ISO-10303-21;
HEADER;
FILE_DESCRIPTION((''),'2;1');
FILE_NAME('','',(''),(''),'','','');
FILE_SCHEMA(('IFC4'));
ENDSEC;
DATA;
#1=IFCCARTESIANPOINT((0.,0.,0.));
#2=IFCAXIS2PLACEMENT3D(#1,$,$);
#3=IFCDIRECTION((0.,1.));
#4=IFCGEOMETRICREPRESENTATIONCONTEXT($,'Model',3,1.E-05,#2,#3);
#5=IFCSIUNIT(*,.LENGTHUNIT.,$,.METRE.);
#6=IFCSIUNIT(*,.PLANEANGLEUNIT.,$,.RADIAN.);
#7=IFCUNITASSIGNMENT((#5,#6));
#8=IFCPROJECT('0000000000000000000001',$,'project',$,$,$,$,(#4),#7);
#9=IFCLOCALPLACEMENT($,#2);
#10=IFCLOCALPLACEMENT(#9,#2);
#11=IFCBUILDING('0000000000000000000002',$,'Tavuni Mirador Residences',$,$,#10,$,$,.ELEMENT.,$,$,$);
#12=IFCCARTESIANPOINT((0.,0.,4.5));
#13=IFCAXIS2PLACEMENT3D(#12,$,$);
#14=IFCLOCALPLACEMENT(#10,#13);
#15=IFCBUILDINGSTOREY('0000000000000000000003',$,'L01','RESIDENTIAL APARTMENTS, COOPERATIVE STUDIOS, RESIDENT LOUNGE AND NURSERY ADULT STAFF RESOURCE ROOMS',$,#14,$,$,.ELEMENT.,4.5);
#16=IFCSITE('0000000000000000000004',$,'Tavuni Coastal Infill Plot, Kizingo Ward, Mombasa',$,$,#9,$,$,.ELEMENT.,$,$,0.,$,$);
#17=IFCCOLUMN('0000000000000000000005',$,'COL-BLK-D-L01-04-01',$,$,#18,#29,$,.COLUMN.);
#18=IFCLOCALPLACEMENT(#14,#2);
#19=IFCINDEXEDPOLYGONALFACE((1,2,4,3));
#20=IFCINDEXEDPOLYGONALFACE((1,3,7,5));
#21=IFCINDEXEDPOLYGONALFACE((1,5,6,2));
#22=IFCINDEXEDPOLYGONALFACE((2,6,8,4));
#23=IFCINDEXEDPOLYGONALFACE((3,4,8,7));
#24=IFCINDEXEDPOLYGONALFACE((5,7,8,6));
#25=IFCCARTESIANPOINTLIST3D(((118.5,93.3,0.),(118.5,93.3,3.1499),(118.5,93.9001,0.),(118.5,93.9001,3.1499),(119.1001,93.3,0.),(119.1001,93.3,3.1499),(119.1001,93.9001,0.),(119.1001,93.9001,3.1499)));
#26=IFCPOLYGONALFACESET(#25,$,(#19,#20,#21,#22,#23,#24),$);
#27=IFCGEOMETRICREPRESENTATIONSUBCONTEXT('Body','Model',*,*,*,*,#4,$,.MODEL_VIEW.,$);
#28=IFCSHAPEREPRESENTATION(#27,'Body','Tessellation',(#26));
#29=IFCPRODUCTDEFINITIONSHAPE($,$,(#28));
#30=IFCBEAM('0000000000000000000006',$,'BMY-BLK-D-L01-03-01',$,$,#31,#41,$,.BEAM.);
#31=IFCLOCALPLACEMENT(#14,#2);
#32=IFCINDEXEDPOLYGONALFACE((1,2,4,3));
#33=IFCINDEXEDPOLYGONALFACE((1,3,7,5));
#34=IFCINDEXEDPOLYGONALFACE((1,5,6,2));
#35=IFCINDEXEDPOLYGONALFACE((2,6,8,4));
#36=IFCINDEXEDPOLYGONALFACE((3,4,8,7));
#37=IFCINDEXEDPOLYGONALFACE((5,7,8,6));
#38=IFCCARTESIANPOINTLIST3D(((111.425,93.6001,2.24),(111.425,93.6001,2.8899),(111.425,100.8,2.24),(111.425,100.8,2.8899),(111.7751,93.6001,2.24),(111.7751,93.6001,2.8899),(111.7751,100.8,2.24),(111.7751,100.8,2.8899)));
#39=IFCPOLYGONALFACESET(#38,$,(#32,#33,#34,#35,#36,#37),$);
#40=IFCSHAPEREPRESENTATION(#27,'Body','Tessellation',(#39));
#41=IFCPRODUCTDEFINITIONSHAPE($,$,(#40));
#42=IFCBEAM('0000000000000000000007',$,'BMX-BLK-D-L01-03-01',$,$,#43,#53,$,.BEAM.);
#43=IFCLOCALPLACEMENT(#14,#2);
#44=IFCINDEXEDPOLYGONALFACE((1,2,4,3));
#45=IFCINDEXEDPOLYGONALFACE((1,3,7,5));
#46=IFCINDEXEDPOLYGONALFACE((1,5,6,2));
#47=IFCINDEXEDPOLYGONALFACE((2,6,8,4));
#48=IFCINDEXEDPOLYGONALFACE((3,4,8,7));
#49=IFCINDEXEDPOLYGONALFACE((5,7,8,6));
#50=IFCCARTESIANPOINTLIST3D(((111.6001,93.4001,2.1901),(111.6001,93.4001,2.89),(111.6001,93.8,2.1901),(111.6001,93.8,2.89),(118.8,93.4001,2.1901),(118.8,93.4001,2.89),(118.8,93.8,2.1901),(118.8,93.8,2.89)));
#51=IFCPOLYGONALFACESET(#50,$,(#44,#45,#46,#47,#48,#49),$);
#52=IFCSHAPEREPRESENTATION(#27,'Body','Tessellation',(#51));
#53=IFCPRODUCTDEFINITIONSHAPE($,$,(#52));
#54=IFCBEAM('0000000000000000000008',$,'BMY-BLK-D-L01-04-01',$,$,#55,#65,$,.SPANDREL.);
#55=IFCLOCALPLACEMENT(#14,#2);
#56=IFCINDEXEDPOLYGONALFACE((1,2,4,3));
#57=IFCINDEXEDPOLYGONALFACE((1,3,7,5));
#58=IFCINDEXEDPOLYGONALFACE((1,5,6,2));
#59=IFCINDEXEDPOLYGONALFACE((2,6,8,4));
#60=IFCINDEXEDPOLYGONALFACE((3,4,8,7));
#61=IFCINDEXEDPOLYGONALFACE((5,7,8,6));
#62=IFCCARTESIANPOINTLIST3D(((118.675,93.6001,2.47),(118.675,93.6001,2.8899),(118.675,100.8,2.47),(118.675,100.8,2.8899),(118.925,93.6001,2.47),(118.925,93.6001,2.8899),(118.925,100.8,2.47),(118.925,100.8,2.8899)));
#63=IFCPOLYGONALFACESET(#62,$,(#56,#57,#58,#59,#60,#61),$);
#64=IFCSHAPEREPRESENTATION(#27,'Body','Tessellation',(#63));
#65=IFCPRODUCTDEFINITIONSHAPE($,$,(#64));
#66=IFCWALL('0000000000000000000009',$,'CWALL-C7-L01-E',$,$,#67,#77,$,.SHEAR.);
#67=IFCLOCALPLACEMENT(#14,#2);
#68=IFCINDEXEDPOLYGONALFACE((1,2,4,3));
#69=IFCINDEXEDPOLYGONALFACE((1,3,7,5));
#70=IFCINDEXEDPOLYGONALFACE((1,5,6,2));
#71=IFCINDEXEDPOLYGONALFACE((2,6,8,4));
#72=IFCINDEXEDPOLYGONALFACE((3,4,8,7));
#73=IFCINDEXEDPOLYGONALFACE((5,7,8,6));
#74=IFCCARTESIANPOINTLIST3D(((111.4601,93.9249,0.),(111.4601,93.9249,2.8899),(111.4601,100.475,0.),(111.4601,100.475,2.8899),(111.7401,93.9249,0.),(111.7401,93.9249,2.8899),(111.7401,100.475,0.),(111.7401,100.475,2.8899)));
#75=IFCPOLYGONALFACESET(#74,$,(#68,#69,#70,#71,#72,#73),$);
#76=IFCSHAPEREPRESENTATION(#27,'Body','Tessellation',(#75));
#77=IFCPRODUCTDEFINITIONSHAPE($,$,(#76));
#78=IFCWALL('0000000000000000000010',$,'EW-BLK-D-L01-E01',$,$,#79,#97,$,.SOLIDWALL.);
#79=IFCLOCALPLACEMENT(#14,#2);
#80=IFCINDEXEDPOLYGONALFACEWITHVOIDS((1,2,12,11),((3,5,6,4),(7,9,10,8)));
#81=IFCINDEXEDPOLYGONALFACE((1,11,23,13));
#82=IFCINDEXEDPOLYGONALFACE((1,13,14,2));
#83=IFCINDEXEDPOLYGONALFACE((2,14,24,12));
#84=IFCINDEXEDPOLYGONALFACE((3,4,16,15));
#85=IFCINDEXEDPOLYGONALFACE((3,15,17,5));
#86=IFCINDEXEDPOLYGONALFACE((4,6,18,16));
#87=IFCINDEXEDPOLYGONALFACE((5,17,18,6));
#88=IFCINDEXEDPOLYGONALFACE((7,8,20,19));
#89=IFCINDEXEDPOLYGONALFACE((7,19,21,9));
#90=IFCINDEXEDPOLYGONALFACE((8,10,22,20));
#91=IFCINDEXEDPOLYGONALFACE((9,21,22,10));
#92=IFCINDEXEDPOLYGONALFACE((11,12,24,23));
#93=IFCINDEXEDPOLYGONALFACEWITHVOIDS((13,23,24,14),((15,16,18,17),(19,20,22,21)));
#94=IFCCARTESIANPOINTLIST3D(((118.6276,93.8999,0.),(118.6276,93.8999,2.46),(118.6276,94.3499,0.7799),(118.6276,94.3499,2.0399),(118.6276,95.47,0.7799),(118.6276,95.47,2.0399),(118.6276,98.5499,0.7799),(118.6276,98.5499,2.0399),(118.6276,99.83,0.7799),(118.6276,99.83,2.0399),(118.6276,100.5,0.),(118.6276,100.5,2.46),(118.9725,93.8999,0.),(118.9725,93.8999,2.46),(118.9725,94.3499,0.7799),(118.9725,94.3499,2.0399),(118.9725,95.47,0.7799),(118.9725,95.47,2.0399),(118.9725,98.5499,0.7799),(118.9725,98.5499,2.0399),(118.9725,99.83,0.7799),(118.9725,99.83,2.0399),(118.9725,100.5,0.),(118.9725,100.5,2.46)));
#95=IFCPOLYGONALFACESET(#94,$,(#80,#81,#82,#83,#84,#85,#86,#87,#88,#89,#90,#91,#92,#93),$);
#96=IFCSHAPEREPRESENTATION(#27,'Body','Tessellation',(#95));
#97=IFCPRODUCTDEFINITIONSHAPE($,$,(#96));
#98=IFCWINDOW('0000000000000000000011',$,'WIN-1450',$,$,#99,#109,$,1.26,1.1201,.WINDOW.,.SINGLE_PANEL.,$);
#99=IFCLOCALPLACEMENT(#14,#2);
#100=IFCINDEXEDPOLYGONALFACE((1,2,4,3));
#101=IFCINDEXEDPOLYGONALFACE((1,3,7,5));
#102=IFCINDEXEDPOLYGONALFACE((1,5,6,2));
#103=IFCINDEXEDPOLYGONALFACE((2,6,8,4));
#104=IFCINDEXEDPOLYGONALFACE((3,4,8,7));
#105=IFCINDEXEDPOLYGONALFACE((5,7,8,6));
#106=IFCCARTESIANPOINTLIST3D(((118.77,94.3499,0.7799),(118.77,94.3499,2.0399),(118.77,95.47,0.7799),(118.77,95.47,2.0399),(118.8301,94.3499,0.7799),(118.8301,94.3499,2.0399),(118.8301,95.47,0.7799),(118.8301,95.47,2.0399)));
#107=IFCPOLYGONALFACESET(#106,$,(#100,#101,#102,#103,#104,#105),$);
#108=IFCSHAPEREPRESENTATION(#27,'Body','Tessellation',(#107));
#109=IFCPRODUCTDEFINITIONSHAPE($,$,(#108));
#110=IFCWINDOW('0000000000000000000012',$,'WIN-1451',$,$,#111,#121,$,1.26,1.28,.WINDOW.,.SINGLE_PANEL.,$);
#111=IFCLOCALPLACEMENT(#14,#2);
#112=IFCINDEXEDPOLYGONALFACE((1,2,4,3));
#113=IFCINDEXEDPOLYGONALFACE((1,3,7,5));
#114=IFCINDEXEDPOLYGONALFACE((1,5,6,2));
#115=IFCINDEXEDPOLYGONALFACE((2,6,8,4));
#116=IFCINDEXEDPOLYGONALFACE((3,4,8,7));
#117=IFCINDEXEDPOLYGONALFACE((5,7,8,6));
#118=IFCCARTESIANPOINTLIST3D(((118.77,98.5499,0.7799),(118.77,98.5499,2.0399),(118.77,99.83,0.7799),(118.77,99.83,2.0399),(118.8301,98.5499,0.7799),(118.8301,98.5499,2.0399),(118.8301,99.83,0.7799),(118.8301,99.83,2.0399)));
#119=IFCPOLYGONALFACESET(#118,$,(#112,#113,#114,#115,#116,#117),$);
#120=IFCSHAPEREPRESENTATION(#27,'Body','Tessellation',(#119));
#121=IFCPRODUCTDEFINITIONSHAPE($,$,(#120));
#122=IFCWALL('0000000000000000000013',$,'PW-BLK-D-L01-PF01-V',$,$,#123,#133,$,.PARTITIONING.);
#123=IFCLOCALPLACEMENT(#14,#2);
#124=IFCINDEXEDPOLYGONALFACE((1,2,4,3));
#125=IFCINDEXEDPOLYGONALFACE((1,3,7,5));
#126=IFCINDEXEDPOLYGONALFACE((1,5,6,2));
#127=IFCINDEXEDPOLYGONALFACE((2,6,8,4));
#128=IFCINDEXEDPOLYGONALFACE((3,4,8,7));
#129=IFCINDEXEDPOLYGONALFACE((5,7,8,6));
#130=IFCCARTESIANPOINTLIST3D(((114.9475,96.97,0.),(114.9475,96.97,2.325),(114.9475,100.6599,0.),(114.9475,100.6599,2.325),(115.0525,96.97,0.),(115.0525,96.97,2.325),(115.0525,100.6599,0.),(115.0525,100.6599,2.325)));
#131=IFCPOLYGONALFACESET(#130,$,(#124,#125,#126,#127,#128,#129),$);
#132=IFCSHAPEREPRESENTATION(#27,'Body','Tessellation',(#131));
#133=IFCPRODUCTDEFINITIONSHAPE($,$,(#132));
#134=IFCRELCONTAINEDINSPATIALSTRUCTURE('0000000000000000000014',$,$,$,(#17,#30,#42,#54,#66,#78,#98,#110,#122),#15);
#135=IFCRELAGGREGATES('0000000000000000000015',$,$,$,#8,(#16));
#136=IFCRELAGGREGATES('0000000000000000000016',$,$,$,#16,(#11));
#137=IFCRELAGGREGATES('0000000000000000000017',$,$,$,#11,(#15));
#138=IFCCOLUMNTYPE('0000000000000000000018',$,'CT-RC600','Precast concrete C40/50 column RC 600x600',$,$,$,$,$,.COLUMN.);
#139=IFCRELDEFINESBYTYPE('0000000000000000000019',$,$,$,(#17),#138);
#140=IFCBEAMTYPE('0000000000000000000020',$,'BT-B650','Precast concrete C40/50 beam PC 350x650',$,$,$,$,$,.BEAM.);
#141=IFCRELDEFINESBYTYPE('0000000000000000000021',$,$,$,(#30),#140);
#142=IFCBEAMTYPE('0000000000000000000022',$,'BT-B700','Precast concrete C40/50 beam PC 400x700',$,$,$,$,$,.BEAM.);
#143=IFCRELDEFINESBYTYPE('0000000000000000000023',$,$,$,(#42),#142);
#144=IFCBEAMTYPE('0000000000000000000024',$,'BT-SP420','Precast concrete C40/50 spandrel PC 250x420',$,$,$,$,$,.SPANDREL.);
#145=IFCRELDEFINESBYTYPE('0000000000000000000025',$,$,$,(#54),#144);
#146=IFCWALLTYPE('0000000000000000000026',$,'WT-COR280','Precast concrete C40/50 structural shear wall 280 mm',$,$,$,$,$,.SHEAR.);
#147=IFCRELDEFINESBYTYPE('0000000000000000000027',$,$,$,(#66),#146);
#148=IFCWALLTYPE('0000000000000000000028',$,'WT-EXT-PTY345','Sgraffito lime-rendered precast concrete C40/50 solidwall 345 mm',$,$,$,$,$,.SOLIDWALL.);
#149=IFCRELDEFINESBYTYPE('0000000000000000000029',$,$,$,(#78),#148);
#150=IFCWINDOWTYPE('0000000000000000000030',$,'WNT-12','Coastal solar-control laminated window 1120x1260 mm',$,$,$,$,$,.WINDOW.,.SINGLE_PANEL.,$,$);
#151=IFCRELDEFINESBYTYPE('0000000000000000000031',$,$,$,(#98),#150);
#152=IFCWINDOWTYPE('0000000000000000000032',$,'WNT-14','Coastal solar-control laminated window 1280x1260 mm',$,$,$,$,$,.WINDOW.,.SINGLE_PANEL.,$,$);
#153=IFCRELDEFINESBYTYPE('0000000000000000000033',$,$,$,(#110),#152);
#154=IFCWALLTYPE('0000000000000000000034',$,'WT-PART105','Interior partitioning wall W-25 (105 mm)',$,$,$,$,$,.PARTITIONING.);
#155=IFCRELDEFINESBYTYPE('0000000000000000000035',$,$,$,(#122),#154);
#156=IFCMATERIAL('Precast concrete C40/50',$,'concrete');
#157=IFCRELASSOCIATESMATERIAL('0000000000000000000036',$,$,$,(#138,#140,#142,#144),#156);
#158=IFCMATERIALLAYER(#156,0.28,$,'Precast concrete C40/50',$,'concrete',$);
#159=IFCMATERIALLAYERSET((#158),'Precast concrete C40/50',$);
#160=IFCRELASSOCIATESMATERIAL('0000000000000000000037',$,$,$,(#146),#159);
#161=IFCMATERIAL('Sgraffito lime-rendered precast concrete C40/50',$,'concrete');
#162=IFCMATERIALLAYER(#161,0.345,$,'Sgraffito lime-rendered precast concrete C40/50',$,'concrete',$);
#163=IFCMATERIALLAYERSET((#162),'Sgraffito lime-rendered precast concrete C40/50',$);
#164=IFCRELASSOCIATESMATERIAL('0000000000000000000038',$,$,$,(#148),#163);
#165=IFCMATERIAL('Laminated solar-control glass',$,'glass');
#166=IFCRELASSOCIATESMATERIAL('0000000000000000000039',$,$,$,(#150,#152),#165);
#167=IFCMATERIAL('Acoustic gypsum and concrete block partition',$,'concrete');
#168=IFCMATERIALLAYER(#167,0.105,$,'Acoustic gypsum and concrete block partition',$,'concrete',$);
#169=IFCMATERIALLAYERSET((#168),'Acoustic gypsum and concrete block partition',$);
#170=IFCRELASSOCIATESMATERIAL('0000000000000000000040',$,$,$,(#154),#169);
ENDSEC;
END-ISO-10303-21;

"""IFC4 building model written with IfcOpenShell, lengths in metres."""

from ifc_helpers import new_model, si_unit, direction, frame, frame_2d, origin, origin_2d, place, context, subcontext, project, spatial, rectangle, extrude, material, layer, layer_set, material_profile, profile_set, type_object, element, fill, save


model = new_model("IFC4")

# Units and contexts
model_context = context("Model", 3, precision=1e-05, world=origin(), true_north=direction((0.0, 1.0)))
body_context = subcontext(model_context, "Body", "Model", "MODEL_VIEW")
ifc_project = project(units=[si_unit("LENGTHUNIT", "METRE"), si_unit("PLANEANGLEUNIT", "RADIAN")], contexts=[model_context])

# Site, building, storey
site_placement = place(None, origin())
site = spatial("IfcSite", under=ifc_project, at=site_placement, Name="Tavuni Coastal Infill Plot, Kizingo Ward, Mombasa", CompositionType="ELEMENT", RefElevation=0.0)
building_placement = place(site_placement, origin())
building = spatial("IfcBuilding", under=site, at=building_placement, Name="Tavuni Mirador Residences", CompositionType="ELEMENT")
storey_placement = place(building_placement, frame((0.0, 0.0, 4.5)))
storey = spatial("IfcBuildingStorey", under=building, at=storey_placement, Name="L01", Description="RESIDENTIAL APARTMENTS, COOPERATIVE STUDIOS, RESIDENT LOUNGE AND NURSERY ADULT STAFF RESOURCE ROOMS", CompositionType="ELEMENT", Elevation=4.5)

# Column
ifc_material_1 = material(Name="Precast concrete C40/50", Category="concrete")
ifc_material_profile_1 = material_profile(ifc_material_1, rectangle(XDim=0.6001, YDim=0.6001, at=origin_2d()), Name="RC 600x600", Category="concrete")
ifc_profile_set_1 = profile_set([ifc_material_profile_1], Name="Precast concrete C40/50")
column_type = type_object("IfcColumnType", Name="CT-RC600", Description="Precast concrete C40/50 column RC 600x600", PredefinedType="COLUMN", material=ifc_profile_set_1)
column_placement = place(storey_placement, frame((118.8, 93.6001, 0.0), z_axis=(0.0, 0.0, 1.0), x_axis=(1.0, 0.0, 0.0)))
element("IfcColumn", 1, at=column_placement, inside=storey, type_object=column_type, Name="COL-BLK-D-L01-04-01", PredefinedType="COLUMN", context=body_context, shape_type="SweptSolid", body=[
    extrude(rectangle(XDim=0.6001, YDim=0.6001, at=origin_2d()), origin(), (0.0, 0.0, 1.0), 3.1499),
])

# Beams
ifc_material_profile_2 = material_profile(ifc_material_1, rectangle(XDim=0.3501, YDim=0.6499, at=origin_2d()), Name="PC 350x650", Category="concrete")
ifc_profile_set_2 = profile_set([ifc_material_profile_2], Name="Precast concrete C40/50")
beam_type_1 = type_object("IfcBeamType", Name="BT-B650", Description="Precast concrete C40/50 beam PC 350x650", PredefinedType="BEAM", material=ifc_profile_set_2)
beam_1_placement = place(storey_placement, frame((111.6001, 93.6001, 2.5649), z_axis=(0.0, 1.0, 0.0), x_axis=(-1.0, 0.0, 0.0)))
element("IfcBeam", 2, at=beam_1_placement, inside=storey, type_object=beam_type_1, Name="BMY-BLK-D-L01-03-01", PredefinedType="BEAM", context=body_context, shape_type="SweptSolid", body=[
    extrude(rectangle(XDim=0.3501, YDim=0.6499, at=origin_2d()), origin(), (0.0, 0.0, 1.0), 7.2),
])
ifc_material_profile_3 = material_profile(ifc_material_1, rectangle(XDim=0.3999, YDim=0.7, at=origin_2d()), Name="PC 400x700", Category="concrete")
ifc_profile_set_3 = profile_set([ifc_material_profile_3], Name="Precast concrete C40/50")
beam_type_2 = type_object("IfcBeamType", Name="BT-B700", Description="Precast concrete C40/50 beam PC 400x700", PredefinedType="BEAM", material=ifc_profile_set_3)
beam_2_placement = place(storey_placement, frame((111.6001, 93.6001, 2.54), z_axis=(1.0, 0.0, 0.0), x_axis=(0.0, 1.0, 0.0)))
element("IfcBeam", 3, at=beam_2_placement, inside=storey, type_object=beam_type_2, Name="BMX-BLK-D-L01-03-01", PredefinedType="BEAM", context=body_context, shape_type="SweptSolid", body=[
    extrude(rectangle(XDim=0.3999, YDim=0.7, at=origin_2d()), origin(), (0.0, 0.0, 1.0), 7.2),
])
ifc_material_profile_4 = material_profile(ifc_material_1, rectangle(XDim=0.25, YDim=0.4199, at=origin_2d()), Name="PC 250x420", Category="concrete")
ifc_profile_set_4 = profile_set([ifc_material_profile_4], Name="Precast concrete C40/50")
beam_type_3 = type_object("IfcBeamType", Name="BT-SP420", Description="Precast concrete C40/50 spandrel PC 250x420", PredefinedType="SPANDREL", material=ifc_profile_set_4)
beam_3_placement = place(storey_placement, frame((118.8, 93.6001, 2.6799), z_axis=(0.0, 1.0, 0.0), x_axis=(-1.0, 0.0, 0.0)))
element("IfcBeam", 4, at=beam_3_placement, inside=storey, type_object=beam_type_3, Name="BMY-BLK-D-L01-04-01", PredefinedType="SPANDREL", context=body_context, shape_type="SweptSolid", body=[
    extrude(rectangle(XDim=0.25, YDim=0.4199, at=origin_2d()), origin(), (0.0, 0.0, 1.0), 7.2),
])

# Wall
ifc_layer_1 = layer(ifc_material_1, 0.28, Name="Precast concrete C40/50", Category="concrete")
ifc_layer_set_1 = layer_set([ifc_layer_1], Name="Precast concrete C40/50")
wall_type_1 = type_object("IfcWallType", Name="WT-COR280", Description="Precast concrete C40/50 structural shear wall 280 mm", PredefinedType="SHEAR", material=ifc_layer_set_1)
wall_1_placement = place(storey_placement, frame((111.6001, 93.925, 0.0), z_axis=(0.0, 0.0, 1.0), x_axis=(0.0, 1.0, 0.0)))
element("IfcWall", 5, at=wall_1_placement, inside=storey, type_object=wall_type_1, Name="CWALL-C7-L01-E", PredefinedType="SHEAR", context=body_context, shape_type="SweptSolid", body=[
    extrude(rectangle(XDim=6.55, YDim=0.28, at=frame_2d((3.2749, 0.0))), origin(), (0.0, 0.0, 1.0), 2.8899),
])

# Wall, openings, windows
ifc_material_2 = material(Name="Sgraffito lime-rendered precast concrete C40/50", Category="concrete")
ifc_layer_2 = layer(ifc_material_2, 0.345, Name="Sgraffito lime-rendered precast concrete C40/50", Category="concrete")
ifc_layer_set_2 = layer_set([ifc_layer_2], Name="Sgraffito lime-rendered precast concrete C40/50")
wall_type_2 = type_object("IfcWallType", Name="WT-EXT-PTY345", Description="Sgraffito lime-rendered precast concrete C40/50 solidwall 345 mm", PredefinedType="SOLIDWALL", material=ifc_layer_set_2)
wall_2_placement = place(storey_placement, frame((118.8, 93.8999, 0.0), z_axis=(0.0, 0.0, 1.0), x_axis=(0.0, 1.0, 0.0)))
wall_2 = element("IfcWall", 6, at=wall_2_placement, inside=storey, type_object=wall_type_2, Name="EW-BLK-D-L01-E01", PredefinedType="SOLIDWALL", context=body_context, shape_type="SweptSolid", body=[
    extrude(rectangle(XDim=6.6001, YDim=0.345, at=frame_2d((3.3, 0.0))), origin(), (0.0, 0.0, 1.0), 2.46),
])
opening_1_placement = place(wall_2_placement, frame((0.45, 0.0, 0.78)))
opening_1 = element("IfcOpeningElement", 7, at=opening_1_placement, cuts=wall_2, PredefinedType="OPENING", context=body_context, shape_type="SweptSolid", body=[
    extrude(rectangle(XDim=1.1201, YDim=1.26, at=frame_2d((0.5601, 0.6299))), frame((0.0, 0.1826, 0.0), z_axis=(0.0, -1.0, 0.0), x_axis=(1.0, 0.0, 0.0)), (0.0, 0.0, 1.0), 0.365),
])
opening_2_placement = place(wall_2_placement, frame((4.6499, 0.0, 0.78)))
opening_2 = element("IfcOpeningElement", 8, at=opening_2_placement, cuts=wall_2, PredefinedType="OPENING", context=body_context, shape_type="SweptSolid", body=[
    extrude(rectangle(XDim=1.28, YDim=1.26, at=frame_2d((0.6401, 0.6299))), frame((0.0, 0.1826, 0.0), z_axis=(0.0, -1.0, 0.0), x_axis=(1.0, 0.0, 0.0)), (0.0, 0.0, 1.0), 0.365),
])
ifc_material_3 = material(Name="Laminated solar-control glass", Category="glass")
window_type_1 = type_object("IfcWindowType", Name="WNT-12", Description="Coastal solar-control laminated window 1120x1260 mm", PartitioningType="SINGLE_PANEL", PredefinedType="WINDOW", material=ifc_material_3)
window_1_placement = place(opening_1_placement, origin())
window_1 = element("IfcWindow", 9, at=window_1_placement, inside=storey, type_object=window_type_1, Name="WIN-1450", OverallHeight=1.26, OverallWidth=1.1201, PartitioningType="SINGLE_PANEL", PredefinedType="WINDOW", context=body_context, shape_type="SweptSolid", body=[
    extrude(rectangle(XDim=1.1201, YDim=1.26, at=frame_2d((0.5601, 0.6299))), frame((0.0, 0.03, 0.0), z_axis=(0.0, -1.0, 0.0), x_axis=(1.0, 0.0, 0.0)), (0.0, 0.0, 1.0), 0.0601),
])
fill(opening_1, window_1)
window_type_2 = type_object("IfcWindowType", Name="WNT-14", Description="Coastal solar-control laminated window 1280x1260 mm", PartitioningType="SINGLE_PANEL", PredefinedType="WINDOW", material=ifc_material_3)
window_2_placement = place(opening_2_placement, origin())
window_2 = element("IfcWindow", 10, at=window_2_placement, inside=storey, type_object=window_type_2, Name="WIN-1451", OverallHeight=1.26, OverallWidth=1.28, PartitioningType="SINGLE_PANEL", PredefinedType="WINDOW", context=body_context, shape_type="SweptSolid", body=[
    extrude(rectangle(XDim=1.28, YDim=1.26, at=frame_2d((0.6401, 0.6299))), frame((0.0, 0.03, 0.0), z_axis=(0.0, -1.0, 0.0), x_axis=(1.0, 0.0, 0.0)), (0.0, 0.0, 1.0), 0.0601),
])
fill(opening_2, window_2)

# Wall
ifc_material_4 = material(Name="Acoustic gypsum and concrete block partition", Category="concrete")
ifc_layer_3 = layer(ifc_material_4, 0.105, Name="Acoustic gypsum and concrete block partition", Category="concrete")
ifc_layer_set_3 = layer_set([ifc_layer_3], Name="Acoustic gypsum and concrete block partition")
wall_type_3 = type_object("IfcWallType", Name="WT-PART105", Description="Interior partitioning wall W-25 (105 mm)", PredefinedType="PARTITIONING", material=ifc_layer_set_3)
wall_3_placement = place(storey_placement, frame((115.0, 96.97, 0.0), z_axis=(0.0, 0.0, 1.0), x_axis=(0.0, 1.0, 0.0)))
element("IfcWall", 11, at=wall_3_placement, inside=storey, type_object=wall_type_3, Name="PW-BLK-D-L01-PF01-V", PredefinedType="PARTITIONING", context=body_context, shape_type="SweptSolid", body=[
    extrude(rectangle(XDim=3.6899, YDim=0.105, at=frame_2d((1.845, 0.0))), origin(), (0.0, 0.0, 1.0), 2.325),
])

save(model, "model.ifc")
